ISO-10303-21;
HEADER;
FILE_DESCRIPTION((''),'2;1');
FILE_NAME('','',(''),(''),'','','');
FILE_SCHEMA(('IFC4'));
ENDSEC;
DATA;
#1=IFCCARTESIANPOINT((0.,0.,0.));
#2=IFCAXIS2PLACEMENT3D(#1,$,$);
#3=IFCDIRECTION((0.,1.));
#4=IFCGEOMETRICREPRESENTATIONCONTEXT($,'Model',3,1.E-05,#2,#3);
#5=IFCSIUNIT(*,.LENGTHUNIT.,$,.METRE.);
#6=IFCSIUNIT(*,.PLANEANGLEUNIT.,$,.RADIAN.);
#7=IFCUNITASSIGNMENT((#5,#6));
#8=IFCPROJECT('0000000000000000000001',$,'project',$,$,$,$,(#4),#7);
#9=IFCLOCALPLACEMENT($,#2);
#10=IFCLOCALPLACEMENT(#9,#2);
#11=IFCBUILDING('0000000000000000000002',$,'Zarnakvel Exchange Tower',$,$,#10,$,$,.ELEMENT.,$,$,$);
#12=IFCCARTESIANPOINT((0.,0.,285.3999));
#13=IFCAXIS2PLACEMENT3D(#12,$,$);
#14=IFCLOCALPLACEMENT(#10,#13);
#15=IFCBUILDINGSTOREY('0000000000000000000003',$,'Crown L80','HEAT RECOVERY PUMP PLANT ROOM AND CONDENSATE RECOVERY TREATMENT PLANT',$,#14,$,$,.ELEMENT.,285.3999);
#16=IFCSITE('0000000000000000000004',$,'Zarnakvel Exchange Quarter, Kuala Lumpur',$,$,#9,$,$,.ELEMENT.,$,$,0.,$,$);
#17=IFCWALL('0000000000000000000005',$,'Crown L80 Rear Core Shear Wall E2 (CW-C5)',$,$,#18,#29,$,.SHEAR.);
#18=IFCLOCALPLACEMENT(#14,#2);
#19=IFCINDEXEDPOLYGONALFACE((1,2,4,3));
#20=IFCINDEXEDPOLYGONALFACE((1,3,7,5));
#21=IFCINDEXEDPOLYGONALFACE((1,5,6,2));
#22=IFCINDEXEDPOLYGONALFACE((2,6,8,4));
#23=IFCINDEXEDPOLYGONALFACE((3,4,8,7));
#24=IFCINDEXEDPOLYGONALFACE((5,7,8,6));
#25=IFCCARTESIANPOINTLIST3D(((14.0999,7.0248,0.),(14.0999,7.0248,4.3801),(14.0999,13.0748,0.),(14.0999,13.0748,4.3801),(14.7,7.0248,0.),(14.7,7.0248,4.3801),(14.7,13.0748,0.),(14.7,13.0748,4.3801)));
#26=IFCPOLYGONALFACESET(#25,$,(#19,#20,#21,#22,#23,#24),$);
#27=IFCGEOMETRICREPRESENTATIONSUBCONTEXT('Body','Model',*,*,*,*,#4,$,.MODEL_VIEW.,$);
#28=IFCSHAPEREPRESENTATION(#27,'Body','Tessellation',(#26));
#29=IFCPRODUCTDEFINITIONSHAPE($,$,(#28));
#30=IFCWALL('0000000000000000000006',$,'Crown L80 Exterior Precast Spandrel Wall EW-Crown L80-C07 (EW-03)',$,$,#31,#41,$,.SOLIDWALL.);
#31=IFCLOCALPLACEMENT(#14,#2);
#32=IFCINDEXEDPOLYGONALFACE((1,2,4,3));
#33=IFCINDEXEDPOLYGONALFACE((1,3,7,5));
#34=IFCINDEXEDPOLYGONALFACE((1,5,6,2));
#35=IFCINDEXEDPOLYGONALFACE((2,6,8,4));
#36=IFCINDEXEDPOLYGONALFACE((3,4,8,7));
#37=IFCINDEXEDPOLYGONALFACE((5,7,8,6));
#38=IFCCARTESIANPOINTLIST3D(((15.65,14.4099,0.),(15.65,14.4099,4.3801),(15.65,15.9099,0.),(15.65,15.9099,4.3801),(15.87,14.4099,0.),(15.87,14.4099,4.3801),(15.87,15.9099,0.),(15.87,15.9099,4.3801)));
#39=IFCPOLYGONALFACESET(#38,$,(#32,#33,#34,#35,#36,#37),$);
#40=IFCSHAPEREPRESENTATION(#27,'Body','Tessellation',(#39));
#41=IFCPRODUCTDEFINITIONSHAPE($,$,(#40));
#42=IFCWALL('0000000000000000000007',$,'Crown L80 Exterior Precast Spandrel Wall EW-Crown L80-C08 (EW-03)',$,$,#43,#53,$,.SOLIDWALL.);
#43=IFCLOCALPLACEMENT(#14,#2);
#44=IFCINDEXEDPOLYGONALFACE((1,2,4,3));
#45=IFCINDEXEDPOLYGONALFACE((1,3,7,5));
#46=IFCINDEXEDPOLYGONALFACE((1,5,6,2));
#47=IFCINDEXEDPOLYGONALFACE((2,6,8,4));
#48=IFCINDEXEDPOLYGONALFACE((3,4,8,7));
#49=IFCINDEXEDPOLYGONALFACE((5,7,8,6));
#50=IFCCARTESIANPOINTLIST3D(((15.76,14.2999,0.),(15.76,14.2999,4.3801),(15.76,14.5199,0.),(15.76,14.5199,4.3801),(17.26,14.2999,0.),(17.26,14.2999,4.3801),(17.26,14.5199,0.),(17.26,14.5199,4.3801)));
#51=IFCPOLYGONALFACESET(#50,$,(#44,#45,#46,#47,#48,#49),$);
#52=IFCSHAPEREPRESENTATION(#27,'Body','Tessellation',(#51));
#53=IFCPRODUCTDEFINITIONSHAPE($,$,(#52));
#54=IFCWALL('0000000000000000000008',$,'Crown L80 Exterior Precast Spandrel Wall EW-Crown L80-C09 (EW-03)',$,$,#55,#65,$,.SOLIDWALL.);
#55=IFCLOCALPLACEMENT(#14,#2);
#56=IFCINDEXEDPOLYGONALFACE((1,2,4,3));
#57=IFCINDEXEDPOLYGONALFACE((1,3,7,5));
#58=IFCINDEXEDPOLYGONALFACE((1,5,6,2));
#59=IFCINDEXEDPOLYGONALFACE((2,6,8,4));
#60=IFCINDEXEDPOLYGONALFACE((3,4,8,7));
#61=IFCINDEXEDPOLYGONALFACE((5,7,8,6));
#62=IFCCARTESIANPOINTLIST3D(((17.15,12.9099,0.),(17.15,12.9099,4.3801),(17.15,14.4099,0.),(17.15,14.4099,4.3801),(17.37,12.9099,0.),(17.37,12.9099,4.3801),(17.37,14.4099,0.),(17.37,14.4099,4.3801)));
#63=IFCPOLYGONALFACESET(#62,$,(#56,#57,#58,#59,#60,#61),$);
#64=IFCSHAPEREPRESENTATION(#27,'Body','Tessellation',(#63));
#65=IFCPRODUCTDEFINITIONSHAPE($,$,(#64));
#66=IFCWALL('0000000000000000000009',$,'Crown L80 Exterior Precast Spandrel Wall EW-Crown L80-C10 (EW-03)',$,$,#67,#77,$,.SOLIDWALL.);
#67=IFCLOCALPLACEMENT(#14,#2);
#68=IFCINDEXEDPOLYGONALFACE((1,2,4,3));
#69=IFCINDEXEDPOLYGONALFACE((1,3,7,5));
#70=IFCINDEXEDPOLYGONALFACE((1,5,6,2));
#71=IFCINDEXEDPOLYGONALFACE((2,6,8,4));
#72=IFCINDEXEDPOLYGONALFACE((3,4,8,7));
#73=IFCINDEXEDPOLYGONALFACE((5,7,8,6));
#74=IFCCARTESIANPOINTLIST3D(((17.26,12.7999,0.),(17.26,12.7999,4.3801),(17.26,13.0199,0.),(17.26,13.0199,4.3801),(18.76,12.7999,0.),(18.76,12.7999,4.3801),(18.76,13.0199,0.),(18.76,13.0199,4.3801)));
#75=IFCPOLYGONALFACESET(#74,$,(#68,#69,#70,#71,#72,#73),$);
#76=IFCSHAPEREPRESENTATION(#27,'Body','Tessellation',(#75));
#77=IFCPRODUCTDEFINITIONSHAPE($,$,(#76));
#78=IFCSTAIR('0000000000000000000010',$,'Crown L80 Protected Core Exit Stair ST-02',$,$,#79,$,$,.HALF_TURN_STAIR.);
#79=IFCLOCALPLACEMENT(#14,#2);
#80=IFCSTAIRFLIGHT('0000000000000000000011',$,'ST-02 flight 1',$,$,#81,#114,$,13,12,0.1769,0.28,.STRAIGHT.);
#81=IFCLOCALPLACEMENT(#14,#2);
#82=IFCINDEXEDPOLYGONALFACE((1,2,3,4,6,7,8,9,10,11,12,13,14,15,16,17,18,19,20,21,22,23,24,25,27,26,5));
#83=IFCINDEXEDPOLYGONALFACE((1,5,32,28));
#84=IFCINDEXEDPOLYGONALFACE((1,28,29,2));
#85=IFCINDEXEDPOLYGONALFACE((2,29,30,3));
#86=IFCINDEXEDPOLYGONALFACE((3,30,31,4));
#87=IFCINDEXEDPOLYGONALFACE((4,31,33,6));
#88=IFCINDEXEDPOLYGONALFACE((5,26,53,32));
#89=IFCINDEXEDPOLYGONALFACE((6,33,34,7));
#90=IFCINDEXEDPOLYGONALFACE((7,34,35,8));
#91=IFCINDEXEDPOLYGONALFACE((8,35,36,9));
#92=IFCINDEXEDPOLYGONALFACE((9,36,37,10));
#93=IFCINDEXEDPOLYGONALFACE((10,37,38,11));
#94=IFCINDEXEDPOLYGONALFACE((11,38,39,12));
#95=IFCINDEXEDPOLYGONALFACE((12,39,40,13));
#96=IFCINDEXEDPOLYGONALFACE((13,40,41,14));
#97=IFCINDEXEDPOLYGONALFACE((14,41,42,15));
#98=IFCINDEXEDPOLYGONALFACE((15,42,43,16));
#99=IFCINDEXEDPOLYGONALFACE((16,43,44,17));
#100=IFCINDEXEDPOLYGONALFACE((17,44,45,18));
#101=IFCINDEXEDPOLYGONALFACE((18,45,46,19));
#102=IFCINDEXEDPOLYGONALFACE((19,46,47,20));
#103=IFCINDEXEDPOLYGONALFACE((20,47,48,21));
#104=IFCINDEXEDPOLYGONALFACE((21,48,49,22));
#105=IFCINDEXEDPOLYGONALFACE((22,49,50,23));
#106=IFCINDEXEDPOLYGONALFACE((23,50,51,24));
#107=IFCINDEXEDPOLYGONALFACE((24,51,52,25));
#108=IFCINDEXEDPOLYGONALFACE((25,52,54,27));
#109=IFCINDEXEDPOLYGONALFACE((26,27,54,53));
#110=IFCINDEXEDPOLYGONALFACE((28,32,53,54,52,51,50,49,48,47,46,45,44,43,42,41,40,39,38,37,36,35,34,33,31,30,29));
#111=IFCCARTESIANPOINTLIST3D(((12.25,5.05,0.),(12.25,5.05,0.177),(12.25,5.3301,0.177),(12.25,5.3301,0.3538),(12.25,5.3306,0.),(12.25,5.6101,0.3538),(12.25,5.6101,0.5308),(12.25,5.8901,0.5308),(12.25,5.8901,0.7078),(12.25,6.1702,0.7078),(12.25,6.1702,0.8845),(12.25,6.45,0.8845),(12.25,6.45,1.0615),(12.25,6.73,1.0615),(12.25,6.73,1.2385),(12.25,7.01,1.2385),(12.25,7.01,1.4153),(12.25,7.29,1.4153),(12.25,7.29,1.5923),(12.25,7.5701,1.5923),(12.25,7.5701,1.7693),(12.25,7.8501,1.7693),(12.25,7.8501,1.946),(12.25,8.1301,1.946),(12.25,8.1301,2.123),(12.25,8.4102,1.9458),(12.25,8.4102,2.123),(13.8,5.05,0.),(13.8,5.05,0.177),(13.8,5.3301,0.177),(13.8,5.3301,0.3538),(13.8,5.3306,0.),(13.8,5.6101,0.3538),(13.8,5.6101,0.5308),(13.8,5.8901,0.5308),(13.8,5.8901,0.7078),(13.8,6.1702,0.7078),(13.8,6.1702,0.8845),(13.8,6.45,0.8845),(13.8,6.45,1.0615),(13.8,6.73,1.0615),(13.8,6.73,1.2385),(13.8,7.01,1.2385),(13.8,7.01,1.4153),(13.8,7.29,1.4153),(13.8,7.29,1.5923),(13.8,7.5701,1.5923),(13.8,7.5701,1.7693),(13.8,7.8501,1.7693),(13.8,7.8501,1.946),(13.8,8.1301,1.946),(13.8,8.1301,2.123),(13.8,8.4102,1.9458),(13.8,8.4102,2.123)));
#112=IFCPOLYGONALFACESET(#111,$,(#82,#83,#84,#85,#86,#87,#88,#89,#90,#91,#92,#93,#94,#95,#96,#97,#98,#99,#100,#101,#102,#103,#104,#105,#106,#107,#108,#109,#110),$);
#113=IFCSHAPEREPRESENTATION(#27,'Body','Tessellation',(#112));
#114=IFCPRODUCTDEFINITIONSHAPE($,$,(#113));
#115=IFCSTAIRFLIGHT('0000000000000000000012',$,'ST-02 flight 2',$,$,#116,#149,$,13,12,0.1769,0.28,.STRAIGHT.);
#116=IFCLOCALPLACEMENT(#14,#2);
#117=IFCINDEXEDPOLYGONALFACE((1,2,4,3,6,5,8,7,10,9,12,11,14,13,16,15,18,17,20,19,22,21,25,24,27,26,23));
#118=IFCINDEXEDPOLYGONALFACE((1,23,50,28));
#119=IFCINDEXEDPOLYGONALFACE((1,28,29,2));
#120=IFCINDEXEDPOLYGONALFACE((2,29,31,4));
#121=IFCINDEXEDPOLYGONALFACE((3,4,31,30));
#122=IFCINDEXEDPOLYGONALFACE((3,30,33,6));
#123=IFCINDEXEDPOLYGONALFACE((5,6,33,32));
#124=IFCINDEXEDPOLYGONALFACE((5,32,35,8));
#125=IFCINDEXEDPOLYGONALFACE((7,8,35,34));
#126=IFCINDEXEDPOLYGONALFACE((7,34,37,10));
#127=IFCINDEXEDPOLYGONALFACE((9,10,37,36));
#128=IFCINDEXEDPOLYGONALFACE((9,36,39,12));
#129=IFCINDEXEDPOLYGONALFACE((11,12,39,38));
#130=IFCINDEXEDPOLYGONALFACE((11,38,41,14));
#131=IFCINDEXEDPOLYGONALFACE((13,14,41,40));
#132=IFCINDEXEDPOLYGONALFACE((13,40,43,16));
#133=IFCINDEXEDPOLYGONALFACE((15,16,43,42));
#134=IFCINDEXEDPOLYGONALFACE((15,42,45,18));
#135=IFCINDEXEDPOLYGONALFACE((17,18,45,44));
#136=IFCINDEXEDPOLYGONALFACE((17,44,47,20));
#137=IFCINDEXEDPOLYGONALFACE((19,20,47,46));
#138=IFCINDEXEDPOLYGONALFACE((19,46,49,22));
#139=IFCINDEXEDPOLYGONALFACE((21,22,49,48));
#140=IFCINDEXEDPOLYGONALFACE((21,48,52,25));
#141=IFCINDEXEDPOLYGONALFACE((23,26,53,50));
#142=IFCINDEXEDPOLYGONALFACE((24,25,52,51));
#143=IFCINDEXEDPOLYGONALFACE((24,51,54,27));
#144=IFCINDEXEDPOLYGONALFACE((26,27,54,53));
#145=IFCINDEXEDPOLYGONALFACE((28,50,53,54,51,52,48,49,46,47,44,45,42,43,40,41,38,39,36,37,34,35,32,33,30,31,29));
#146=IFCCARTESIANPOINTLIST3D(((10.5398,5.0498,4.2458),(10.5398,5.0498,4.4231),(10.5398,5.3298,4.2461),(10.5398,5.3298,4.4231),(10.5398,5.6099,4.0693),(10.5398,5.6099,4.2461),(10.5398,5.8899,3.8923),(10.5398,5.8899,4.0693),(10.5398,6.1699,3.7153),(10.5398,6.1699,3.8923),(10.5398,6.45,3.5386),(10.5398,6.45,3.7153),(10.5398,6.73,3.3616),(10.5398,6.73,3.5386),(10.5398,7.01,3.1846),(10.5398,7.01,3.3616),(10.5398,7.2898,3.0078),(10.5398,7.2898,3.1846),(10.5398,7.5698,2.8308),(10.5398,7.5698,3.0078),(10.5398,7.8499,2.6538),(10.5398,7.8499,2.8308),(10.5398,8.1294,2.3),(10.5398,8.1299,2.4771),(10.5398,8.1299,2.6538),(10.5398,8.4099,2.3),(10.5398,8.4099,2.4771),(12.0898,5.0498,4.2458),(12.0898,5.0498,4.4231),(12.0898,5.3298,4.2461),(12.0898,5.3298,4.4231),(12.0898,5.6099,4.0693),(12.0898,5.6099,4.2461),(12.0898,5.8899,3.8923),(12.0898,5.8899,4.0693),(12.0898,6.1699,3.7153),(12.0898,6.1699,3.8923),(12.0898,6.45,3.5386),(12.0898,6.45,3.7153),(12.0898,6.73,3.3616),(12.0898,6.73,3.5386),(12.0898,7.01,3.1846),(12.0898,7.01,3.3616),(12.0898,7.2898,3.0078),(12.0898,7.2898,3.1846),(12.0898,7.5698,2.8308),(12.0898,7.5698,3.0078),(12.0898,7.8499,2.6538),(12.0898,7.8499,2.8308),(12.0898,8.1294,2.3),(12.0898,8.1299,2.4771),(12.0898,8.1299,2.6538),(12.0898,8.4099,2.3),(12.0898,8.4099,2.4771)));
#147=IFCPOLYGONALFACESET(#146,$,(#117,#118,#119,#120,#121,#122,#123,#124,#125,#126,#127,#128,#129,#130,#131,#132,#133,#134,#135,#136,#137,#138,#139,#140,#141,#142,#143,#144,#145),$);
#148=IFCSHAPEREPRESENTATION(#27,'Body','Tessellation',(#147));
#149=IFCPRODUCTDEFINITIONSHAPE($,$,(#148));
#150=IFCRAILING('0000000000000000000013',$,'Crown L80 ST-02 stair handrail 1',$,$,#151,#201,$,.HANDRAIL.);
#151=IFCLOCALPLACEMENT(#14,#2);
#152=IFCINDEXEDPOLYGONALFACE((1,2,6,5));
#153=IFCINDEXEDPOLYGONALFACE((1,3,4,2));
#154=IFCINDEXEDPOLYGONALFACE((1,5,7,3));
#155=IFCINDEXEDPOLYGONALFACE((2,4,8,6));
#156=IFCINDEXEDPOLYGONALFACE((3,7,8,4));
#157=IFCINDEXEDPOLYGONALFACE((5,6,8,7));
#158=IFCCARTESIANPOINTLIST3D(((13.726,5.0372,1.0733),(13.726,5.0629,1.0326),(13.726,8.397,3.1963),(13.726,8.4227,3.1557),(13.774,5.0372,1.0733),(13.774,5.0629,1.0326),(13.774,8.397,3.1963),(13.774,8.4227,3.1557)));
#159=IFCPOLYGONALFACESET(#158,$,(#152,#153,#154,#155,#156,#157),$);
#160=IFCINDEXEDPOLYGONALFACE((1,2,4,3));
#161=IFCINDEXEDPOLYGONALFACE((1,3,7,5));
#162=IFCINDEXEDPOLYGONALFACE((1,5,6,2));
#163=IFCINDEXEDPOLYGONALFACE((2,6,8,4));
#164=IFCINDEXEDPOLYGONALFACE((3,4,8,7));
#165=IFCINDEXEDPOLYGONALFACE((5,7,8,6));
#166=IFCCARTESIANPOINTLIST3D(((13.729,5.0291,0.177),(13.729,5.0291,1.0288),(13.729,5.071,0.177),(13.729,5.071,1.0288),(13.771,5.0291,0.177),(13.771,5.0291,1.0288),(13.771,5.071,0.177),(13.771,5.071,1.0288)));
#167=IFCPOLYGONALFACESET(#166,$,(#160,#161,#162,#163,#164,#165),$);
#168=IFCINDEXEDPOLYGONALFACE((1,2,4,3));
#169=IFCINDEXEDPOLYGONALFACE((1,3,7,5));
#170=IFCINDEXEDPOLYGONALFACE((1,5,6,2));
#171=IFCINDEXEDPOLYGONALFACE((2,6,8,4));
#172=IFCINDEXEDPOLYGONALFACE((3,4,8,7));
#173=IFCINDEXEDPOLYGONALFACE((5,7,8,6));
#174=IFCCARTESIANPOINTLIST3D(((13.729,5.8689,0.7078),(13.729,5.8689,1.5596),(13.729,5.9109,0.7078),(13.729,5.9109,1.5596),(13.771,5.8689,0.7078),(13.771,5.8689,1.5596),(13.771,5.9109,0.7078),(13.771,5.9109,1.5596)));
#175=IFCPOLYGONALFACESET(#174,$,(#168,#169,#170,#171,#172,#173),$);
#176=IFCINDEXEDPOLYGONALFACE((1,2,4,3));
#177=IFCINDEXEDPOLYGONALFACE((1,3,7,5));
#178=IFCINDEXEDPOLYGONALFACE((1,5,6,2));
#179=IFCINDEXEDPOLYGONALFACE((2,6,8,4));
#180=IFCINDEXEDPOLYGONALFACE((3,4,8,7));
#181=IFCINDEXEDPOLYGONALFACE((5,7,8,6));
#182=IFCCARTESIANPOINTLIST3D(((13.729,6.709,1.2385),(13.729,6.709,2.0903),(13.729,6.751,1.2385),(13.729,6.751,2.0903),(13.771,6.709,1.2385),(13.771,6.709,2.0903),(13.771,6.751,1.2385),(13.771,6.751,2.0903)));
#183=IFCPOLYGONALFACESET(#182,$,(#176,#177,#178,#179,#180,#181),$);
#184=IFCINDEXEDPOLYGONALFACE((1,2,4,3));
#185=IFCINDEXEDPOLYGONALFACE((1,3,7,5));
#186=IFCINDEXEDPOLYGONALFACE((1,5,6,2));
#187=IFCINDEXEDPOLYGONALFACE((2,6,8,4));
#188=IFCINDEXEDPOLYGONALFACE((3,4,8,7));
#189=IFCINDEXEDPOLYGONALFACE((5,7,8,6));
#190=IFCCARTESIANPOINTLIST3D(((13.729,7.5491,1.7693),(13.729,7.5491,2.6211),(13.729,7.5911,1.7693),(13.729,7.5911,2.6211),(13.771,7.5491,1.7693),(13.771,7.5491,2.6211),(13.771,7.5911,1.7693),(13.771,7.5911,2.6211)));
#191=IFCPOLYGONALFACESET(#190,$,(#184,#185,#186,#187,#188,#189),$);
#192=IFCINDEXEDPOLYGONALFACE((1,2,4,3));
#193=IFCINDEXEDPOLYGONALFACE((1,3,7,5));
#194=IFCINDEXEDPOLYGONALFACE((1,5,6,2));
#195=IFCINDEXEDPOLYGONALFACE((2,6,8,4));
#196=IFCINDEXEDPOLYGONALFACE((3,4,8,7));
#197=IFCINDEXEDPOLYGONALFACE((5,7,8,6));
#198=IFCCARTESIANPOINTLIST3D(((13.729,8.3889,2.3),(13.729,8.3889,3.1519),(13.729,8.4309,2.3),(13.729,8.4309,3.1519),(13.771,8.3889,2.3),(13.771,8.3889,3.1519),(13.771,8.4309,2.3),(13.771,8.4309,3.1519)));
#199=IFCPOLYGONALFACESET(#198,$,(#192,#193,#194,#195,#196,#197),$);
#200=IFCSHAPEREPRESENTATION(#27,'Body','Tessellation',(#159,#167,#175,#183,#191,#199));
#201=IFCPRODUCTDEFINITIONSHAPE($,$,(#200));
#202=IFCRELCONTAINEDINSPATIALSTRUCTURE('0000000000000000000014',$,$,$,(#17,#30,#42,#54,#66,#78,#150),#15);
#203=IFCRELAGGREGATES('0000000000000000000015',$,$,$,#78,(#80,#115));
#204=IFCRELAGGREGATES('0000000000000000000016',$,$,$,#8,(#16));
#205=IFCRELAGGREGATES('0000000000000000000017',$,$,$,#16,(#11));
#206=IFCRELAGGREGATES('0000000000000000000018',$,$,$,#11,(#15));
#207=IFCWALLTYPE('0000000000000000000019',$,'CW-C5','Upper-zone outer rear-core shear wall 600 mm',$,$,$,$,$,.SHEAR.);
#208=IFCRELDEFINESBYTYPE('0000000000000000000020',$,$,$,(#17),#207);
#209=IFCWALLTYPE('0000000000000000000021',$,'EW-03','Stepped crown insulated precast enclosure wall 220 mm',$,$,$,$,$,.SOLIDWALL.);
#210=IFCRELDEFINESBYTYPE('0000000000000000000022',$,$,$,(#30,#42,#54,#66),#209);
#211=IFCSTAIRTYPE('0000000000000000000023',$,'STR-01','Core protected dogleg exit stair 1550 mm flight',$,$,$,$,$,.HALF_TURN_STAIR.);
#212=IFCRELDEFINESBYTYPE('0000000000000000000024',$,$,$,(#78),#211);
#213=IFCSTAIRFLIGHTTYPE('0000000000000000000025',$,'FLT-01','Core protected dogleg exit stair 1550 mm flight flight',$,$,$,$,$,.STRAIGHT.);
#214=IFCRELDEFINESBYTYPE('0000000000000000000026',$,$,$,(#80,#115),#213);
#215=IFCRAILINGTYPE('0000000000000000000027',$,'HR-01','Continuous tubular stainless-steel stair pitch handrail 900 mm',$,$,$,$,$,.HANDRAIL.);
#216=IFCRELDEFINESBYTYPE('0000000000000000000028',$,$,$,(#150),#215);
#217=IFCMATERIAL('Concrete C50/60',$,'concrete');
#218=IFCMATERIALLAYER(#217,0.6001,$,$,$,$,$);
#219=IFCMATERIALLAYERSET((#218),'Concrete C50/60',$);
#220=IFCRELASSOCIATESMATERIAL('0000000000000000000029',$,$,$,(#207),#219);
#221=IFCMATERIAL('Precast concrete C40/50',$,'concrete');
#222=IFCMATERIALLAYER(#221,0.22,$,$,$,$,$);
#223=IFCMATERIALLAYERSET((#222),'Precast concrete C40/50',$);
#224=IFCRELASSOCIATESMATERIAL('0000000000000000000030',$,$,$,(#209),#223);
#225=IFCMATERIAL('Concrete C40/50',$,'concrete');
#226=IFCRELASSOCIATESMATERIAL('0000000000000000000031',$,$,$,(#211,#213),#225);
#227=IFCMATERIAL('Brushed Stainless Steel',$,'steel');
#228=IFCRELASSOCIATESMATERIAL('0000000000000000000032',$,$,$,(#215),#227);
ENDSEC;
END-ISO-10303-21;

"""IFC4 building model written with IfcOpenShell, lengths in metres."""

from ifc_helpers import new_model, si_unit, direction, frame, frame_2d, origin, origin_2d, place, context, subcontext, project, spatial, polyline, rectangle, outline, extrude, material, layer, layer_set, type_object, element, aggregate, save


model = new_model("IFC4")

# Units and contexts
model_context = context("Model", 3, precision=1e-05, world=origin(), true_north=direction((0.0, 1.0)))
body_context = subcontext(model_context, "Body", "Model", "MODEL_VIEW")
ifc_project = project(units=[si_unit("LENGTHUNIT", "METRE"), si_unit("PLANEANGLEUNIT", "RADIAN")], contexts=[model_context])

# Site, building, storey
site_placement = place(None, origin())
site = spatial("IfcSite", under=ifc_project, at=site_placement, Name="Zarnakvel Exchange Quarter, Kuala Lumpur", CompositionType="ELEMENT", RefElevation=0.0)
building_placement = place(site_placement, origin())
building = spatial("IfcBuilding", under=site, at=building_placement, Name="Zarnakvel Exchange Tower", CompositionType="ELEMENT")
storey_placement = place(building_placement, frame((0.0, 0.0, 285.3999)))
storey = spatial("IfcBuildingStorey", under=building, at=storey_placement, Name="Crown L80", Description="HEAT RECOVERY PUMP PLANT ROOM AND CONDENSATE RECOVERY TREATMENT PLANT", CompositionType="ELEMENT", Elevation=285.3999)

# Shared definitions
ifc_material_1 = material(Name="Concrete C50/60", Category="concrete")

# Walls
ifc_layer_1 = layer(ifc_material_1, 0.6001)
ifc_layer_set_1 = layer_set([ifc_layer_1], Name="Concrete C50/60")
wall_type_1 = type_object("IfcWallType", Name="CW-C5", Description="Upper-zone outer rear-core shear wall 600 mm", PredefinedType="SHEAR", material=ifc_layer_set_1)
wall_1_placement = place(storey_placement, frame((14.3999, 7.0249, 0.0), z_axis=(0.0, 0.0, 1.0), x_axis=(0.0, 1.0, 0.0)))
element("IfcWall", 1, at=wall_1_placement, inside=storey, type_object=wall_type_1, Name="Crown L80 Rear Core Shear Wall E2 (CW-C5)", PredefinedType="SHEAR", context=body_context, shape_type="SweptSolid", body=[
    extrude(rectangle(XDim=6.05, YDim=0.6001, at=frame_2d((3.0249, 0.0))), origin(), (0.0, 0.0, 1.0), 4.3801),
])
ifc_material_2 = material(Name="Precast concrete C40/50", Category="concrete")
ifc_layer_2 = layer(ifc_material_2, 0.22)
ifc_layer_set_2 = layer_set([ifc_layer_2], Name="Precast concrete C40/50")
wall_type_2 = type_object("IfcWallType", Name="EW-03", Description="Stepped crown insulated precast enclosure wall 220 mm", PredefinedType="SOLIDWALL", material=ifc_layer_set_2)
for number, where, z_axis, x_axis, name in (
    (2, (15.76, 14.4099, 0.0), (0.0, 0.0, 1.0), (0.0, 1.0, 0.0), "Crown L80 Exterior Precast Spandrel Wall EW-Crown L80-C07 (EW-03)"),
    (3, (17.26, 14.4099, 0.0), (0.0, 0.0, 1.0), (-1.0, 0.0, 0.0), "Crown L80 Exterior Precast Spandrel Wall EW-Crown L80-C08 (EW-03)"),
    (4, (17.26, 12.9099, 0.0), (0.0, 0.0, 1.0), (0.0, 1.0, 0.0), "Crown L80 Exterior Precast Spandrel Wall EW-Crown L80-C09 (EW-03)"),
    (5, (18.76, 12.9099, 0.0), (0.0, 0.0, 1.0), (-1.0, 0.0, 0.0), "Crown L80 Exterior Precast Spandrel Wall EW-Crown L80-C10 (EW-03)"),
):
    element("IfcWall", number, at=place(storey_placement, frame(where, z_axis=z_axis, x_axis=x_axis)), inside=storey, type_object=wall_type_2, Name=name, PredefinedType="SOLIDWALL", context=body_context, shape_type="SweptSolid", body=[
        extrude(rectangle(XDim=1.5, YDim=0.22, at=frame_2d((0.75, 0.0))), origin(), (0.0, 0.0, 1.0), 4.3801),
    ])

# Shared definitions
ifc_material_3 = material(Name="Concrete C40/50", Category="concrete")

# Stair, stair flights
stair_type = type_object("IfcStairType", Name="STR-01", Description="Core protected dogleg exit stair 1550 mm flight", PredefinedType="HALF_TURN_STAIR", material=ifc_material_3)
stair_placement = place(storey_placement, origin())
stair = element("IfcStair", 6, at=stair_placement, inside=storey, type_object=stair_type, Name="Crown L80 Protected Core Exit Stair ST-02", PredefinedType="HALF_TURN_STAIR")
stair_flight_type = type_object("IfcStairFlightType", Name="FLT-01", Description="Core protected dogleg exit stair 1550 mm flight flight", PredefinedType="STRAIGHT", material=ifc_material_3)
stair_flight_1_placement = place(storey_placement, frame((13.0249, 5.05, 0.0), z_axis=(0.0, 0.0, 1.0), x_axis=(0.0, 1.0, 0.0)))
stair_flight_1 = element("IfcStairFlight", 7, at=stair_flight_1_placement, type_object=stair_flight_type, Name="ST-02 flight 1", NumberOfRisers=13, NumberOfTreads=12, PredefinedType="STRAIGHT", RiserHeight=0.1769, TreadLength=0.28, context=body_context, shape_type="SweptSolid", body=[
    extrude(outline(polyline([(0.0, 0.0), (0.0, 0.177), (0.28, 0.177), (0.28, 0.3538), (0.5601, 0.3538), (0.5601, 0.5308), (0.8401, 0.5308), (0.8401, 0.7078), (1.1201, 0.7078), (1.1201, 0.8845), (1.3999, 0.8845), (1.3999, 1.0615), (1.6799, 1.0615), (1.6799, 1.2385), (1.96, 1.2385), (1.96, 1.4153), (2.24, 1.4153), (2.24, 1.5923), (2.52, 1.5923), (2.52, 1.7693), (2.8, 1.7693), (2.8, 1.946), (3.0801, 1.946), (3.0801, 2.123), (3.3601, 2.123), (3.3601, 2.3), (3.3601, 1.9458), (0.2805, 0.0), (0.0, 0.0)])), frame((0.0, 0.7749, 0.0), z_axis=(0.0, -1.0, 0.0), x_axis=(1.0, 0.0, 0.0)), (0.0, 0.0, 1.0), 1.55),
])
stair_flight_2_placement = place(storey_placement, frame((11.3149, 8.4099, 2.3), z_axis=(0.0, 0.0, 1.0), x_axis=(0.0, -1.0, 0.0)))
stair_flight_2 = element("IfcStairFlight", 8, at=stair_flight_2_placement, type_object=stair_flight_type, Name="ST-02 flight 2", NumberOfRisers=13, NumberOfTreads=12, PredefinedType="STRAIGHT", RiserHeight=0.1769, TreadLength=0.28, context=body_context, shape_type="SweptSolid", body=[
    extrude(outline(polyline([(0.0, 0.0), (0.0, 0.177), (0.28, 0.177), (0.28, 0.3538), (0.5601, 0.3538), (0.5601, 0.5308), (0.8401, 0.5308), (0.8401, 0.7078), (1.1201, 0.7078), (1.1201, 0.8845), (1.3999, 0.8845), (1.3999, 1.0615), (1.6799, 1.0615), (1.6799, 1.2385), (1.96, 1.2385), (1.96, 1.4153), (2.24, 1.4153), (2.24, 1.5923), (2.52, 1.5923), (2.52, 1.7693), (2.8, 1.7693), (2.8, 1.946), (3.0801, 1.946), (3.0801, 2.123), (3.3601, 2.123), (3.3601, 2.3), (3.3601, 1.9458), (0.2805, 0.0), (0.0, 0.0)])), frame((0.0, 0.7749, 0.0), z_axis=(0.0, -1.0, 0.0), x_axis=(1.0, 0.0, 0.0)), (0.0, 0.0, 1.0), 1.55),
])
aggregate(stair, [stair_flight_1, stair_flight_2])

# Railing
ifc_material_4 = material(Name="Brushed Stainless Steel", Category="steel")
railing_type_1 = type_object("IfcRailingType", Name="HR-01", Description="Continuous tubular stainless-steel stair pitch handrail 900 mm", PredefinedType="HANDRAIL", material=ifc_material_4)
railing_1_placement = place(storey_placement, frame((13.75, 5.05, 0.177)))
element("IfcRailing", 9, at=railing_1_placement, inside=storey, type_object=railing_type_1, Name="Crown L80 ST-02 stair handrail 1", PredefinedType="HANDRAIL", context=body_context, shape_type="SweptSolid", body=[
    extrude(rectangle(XDim=0.0481, YDim=0.0481, at=origin_2d()), frame((0.0, 0.0, 0.876), z_axis=(0.0, 0.845372, 0.534178), x_axis=(-1.0, 0.0, 0.0)), (0.0, 0.0, 1.0), 3.9744),
    extrude(rectangle(XDim=0.042, YDim=0.042, at=origin_2d()), origin(), (0.0, 0.0, 1.0), 0.8518),
    extrude(rectangle(XDim=0.042, YDim=0.042, at=origin_2d()), frame((0.0, 0.8398, 0.5308)), (0.0, 0.0, 1.0), 0.8518),
    extrude(rectangle(XDim=0.042, YDim=0.042, at=origin_2d()), frame((0.0, 1.6799, 1.0615)), (0.0, 0.0, 1.0), 0.8518),
    extrude(rectangle(XDim=0.042, YDim=0.042, at=origin_2d()), frame((0.0, 2.52, 1.5923)), (0.0, 0.0, 1.0), 0.8518),
    extrude(rectangle(XDim=0.042, YDim=0.042, at=origin_2d()), frame((0.0, 3.3599, 2.123)), (0.0, 0.0, 1.0), 0.8518),
])

save(model, "model.ifc")
